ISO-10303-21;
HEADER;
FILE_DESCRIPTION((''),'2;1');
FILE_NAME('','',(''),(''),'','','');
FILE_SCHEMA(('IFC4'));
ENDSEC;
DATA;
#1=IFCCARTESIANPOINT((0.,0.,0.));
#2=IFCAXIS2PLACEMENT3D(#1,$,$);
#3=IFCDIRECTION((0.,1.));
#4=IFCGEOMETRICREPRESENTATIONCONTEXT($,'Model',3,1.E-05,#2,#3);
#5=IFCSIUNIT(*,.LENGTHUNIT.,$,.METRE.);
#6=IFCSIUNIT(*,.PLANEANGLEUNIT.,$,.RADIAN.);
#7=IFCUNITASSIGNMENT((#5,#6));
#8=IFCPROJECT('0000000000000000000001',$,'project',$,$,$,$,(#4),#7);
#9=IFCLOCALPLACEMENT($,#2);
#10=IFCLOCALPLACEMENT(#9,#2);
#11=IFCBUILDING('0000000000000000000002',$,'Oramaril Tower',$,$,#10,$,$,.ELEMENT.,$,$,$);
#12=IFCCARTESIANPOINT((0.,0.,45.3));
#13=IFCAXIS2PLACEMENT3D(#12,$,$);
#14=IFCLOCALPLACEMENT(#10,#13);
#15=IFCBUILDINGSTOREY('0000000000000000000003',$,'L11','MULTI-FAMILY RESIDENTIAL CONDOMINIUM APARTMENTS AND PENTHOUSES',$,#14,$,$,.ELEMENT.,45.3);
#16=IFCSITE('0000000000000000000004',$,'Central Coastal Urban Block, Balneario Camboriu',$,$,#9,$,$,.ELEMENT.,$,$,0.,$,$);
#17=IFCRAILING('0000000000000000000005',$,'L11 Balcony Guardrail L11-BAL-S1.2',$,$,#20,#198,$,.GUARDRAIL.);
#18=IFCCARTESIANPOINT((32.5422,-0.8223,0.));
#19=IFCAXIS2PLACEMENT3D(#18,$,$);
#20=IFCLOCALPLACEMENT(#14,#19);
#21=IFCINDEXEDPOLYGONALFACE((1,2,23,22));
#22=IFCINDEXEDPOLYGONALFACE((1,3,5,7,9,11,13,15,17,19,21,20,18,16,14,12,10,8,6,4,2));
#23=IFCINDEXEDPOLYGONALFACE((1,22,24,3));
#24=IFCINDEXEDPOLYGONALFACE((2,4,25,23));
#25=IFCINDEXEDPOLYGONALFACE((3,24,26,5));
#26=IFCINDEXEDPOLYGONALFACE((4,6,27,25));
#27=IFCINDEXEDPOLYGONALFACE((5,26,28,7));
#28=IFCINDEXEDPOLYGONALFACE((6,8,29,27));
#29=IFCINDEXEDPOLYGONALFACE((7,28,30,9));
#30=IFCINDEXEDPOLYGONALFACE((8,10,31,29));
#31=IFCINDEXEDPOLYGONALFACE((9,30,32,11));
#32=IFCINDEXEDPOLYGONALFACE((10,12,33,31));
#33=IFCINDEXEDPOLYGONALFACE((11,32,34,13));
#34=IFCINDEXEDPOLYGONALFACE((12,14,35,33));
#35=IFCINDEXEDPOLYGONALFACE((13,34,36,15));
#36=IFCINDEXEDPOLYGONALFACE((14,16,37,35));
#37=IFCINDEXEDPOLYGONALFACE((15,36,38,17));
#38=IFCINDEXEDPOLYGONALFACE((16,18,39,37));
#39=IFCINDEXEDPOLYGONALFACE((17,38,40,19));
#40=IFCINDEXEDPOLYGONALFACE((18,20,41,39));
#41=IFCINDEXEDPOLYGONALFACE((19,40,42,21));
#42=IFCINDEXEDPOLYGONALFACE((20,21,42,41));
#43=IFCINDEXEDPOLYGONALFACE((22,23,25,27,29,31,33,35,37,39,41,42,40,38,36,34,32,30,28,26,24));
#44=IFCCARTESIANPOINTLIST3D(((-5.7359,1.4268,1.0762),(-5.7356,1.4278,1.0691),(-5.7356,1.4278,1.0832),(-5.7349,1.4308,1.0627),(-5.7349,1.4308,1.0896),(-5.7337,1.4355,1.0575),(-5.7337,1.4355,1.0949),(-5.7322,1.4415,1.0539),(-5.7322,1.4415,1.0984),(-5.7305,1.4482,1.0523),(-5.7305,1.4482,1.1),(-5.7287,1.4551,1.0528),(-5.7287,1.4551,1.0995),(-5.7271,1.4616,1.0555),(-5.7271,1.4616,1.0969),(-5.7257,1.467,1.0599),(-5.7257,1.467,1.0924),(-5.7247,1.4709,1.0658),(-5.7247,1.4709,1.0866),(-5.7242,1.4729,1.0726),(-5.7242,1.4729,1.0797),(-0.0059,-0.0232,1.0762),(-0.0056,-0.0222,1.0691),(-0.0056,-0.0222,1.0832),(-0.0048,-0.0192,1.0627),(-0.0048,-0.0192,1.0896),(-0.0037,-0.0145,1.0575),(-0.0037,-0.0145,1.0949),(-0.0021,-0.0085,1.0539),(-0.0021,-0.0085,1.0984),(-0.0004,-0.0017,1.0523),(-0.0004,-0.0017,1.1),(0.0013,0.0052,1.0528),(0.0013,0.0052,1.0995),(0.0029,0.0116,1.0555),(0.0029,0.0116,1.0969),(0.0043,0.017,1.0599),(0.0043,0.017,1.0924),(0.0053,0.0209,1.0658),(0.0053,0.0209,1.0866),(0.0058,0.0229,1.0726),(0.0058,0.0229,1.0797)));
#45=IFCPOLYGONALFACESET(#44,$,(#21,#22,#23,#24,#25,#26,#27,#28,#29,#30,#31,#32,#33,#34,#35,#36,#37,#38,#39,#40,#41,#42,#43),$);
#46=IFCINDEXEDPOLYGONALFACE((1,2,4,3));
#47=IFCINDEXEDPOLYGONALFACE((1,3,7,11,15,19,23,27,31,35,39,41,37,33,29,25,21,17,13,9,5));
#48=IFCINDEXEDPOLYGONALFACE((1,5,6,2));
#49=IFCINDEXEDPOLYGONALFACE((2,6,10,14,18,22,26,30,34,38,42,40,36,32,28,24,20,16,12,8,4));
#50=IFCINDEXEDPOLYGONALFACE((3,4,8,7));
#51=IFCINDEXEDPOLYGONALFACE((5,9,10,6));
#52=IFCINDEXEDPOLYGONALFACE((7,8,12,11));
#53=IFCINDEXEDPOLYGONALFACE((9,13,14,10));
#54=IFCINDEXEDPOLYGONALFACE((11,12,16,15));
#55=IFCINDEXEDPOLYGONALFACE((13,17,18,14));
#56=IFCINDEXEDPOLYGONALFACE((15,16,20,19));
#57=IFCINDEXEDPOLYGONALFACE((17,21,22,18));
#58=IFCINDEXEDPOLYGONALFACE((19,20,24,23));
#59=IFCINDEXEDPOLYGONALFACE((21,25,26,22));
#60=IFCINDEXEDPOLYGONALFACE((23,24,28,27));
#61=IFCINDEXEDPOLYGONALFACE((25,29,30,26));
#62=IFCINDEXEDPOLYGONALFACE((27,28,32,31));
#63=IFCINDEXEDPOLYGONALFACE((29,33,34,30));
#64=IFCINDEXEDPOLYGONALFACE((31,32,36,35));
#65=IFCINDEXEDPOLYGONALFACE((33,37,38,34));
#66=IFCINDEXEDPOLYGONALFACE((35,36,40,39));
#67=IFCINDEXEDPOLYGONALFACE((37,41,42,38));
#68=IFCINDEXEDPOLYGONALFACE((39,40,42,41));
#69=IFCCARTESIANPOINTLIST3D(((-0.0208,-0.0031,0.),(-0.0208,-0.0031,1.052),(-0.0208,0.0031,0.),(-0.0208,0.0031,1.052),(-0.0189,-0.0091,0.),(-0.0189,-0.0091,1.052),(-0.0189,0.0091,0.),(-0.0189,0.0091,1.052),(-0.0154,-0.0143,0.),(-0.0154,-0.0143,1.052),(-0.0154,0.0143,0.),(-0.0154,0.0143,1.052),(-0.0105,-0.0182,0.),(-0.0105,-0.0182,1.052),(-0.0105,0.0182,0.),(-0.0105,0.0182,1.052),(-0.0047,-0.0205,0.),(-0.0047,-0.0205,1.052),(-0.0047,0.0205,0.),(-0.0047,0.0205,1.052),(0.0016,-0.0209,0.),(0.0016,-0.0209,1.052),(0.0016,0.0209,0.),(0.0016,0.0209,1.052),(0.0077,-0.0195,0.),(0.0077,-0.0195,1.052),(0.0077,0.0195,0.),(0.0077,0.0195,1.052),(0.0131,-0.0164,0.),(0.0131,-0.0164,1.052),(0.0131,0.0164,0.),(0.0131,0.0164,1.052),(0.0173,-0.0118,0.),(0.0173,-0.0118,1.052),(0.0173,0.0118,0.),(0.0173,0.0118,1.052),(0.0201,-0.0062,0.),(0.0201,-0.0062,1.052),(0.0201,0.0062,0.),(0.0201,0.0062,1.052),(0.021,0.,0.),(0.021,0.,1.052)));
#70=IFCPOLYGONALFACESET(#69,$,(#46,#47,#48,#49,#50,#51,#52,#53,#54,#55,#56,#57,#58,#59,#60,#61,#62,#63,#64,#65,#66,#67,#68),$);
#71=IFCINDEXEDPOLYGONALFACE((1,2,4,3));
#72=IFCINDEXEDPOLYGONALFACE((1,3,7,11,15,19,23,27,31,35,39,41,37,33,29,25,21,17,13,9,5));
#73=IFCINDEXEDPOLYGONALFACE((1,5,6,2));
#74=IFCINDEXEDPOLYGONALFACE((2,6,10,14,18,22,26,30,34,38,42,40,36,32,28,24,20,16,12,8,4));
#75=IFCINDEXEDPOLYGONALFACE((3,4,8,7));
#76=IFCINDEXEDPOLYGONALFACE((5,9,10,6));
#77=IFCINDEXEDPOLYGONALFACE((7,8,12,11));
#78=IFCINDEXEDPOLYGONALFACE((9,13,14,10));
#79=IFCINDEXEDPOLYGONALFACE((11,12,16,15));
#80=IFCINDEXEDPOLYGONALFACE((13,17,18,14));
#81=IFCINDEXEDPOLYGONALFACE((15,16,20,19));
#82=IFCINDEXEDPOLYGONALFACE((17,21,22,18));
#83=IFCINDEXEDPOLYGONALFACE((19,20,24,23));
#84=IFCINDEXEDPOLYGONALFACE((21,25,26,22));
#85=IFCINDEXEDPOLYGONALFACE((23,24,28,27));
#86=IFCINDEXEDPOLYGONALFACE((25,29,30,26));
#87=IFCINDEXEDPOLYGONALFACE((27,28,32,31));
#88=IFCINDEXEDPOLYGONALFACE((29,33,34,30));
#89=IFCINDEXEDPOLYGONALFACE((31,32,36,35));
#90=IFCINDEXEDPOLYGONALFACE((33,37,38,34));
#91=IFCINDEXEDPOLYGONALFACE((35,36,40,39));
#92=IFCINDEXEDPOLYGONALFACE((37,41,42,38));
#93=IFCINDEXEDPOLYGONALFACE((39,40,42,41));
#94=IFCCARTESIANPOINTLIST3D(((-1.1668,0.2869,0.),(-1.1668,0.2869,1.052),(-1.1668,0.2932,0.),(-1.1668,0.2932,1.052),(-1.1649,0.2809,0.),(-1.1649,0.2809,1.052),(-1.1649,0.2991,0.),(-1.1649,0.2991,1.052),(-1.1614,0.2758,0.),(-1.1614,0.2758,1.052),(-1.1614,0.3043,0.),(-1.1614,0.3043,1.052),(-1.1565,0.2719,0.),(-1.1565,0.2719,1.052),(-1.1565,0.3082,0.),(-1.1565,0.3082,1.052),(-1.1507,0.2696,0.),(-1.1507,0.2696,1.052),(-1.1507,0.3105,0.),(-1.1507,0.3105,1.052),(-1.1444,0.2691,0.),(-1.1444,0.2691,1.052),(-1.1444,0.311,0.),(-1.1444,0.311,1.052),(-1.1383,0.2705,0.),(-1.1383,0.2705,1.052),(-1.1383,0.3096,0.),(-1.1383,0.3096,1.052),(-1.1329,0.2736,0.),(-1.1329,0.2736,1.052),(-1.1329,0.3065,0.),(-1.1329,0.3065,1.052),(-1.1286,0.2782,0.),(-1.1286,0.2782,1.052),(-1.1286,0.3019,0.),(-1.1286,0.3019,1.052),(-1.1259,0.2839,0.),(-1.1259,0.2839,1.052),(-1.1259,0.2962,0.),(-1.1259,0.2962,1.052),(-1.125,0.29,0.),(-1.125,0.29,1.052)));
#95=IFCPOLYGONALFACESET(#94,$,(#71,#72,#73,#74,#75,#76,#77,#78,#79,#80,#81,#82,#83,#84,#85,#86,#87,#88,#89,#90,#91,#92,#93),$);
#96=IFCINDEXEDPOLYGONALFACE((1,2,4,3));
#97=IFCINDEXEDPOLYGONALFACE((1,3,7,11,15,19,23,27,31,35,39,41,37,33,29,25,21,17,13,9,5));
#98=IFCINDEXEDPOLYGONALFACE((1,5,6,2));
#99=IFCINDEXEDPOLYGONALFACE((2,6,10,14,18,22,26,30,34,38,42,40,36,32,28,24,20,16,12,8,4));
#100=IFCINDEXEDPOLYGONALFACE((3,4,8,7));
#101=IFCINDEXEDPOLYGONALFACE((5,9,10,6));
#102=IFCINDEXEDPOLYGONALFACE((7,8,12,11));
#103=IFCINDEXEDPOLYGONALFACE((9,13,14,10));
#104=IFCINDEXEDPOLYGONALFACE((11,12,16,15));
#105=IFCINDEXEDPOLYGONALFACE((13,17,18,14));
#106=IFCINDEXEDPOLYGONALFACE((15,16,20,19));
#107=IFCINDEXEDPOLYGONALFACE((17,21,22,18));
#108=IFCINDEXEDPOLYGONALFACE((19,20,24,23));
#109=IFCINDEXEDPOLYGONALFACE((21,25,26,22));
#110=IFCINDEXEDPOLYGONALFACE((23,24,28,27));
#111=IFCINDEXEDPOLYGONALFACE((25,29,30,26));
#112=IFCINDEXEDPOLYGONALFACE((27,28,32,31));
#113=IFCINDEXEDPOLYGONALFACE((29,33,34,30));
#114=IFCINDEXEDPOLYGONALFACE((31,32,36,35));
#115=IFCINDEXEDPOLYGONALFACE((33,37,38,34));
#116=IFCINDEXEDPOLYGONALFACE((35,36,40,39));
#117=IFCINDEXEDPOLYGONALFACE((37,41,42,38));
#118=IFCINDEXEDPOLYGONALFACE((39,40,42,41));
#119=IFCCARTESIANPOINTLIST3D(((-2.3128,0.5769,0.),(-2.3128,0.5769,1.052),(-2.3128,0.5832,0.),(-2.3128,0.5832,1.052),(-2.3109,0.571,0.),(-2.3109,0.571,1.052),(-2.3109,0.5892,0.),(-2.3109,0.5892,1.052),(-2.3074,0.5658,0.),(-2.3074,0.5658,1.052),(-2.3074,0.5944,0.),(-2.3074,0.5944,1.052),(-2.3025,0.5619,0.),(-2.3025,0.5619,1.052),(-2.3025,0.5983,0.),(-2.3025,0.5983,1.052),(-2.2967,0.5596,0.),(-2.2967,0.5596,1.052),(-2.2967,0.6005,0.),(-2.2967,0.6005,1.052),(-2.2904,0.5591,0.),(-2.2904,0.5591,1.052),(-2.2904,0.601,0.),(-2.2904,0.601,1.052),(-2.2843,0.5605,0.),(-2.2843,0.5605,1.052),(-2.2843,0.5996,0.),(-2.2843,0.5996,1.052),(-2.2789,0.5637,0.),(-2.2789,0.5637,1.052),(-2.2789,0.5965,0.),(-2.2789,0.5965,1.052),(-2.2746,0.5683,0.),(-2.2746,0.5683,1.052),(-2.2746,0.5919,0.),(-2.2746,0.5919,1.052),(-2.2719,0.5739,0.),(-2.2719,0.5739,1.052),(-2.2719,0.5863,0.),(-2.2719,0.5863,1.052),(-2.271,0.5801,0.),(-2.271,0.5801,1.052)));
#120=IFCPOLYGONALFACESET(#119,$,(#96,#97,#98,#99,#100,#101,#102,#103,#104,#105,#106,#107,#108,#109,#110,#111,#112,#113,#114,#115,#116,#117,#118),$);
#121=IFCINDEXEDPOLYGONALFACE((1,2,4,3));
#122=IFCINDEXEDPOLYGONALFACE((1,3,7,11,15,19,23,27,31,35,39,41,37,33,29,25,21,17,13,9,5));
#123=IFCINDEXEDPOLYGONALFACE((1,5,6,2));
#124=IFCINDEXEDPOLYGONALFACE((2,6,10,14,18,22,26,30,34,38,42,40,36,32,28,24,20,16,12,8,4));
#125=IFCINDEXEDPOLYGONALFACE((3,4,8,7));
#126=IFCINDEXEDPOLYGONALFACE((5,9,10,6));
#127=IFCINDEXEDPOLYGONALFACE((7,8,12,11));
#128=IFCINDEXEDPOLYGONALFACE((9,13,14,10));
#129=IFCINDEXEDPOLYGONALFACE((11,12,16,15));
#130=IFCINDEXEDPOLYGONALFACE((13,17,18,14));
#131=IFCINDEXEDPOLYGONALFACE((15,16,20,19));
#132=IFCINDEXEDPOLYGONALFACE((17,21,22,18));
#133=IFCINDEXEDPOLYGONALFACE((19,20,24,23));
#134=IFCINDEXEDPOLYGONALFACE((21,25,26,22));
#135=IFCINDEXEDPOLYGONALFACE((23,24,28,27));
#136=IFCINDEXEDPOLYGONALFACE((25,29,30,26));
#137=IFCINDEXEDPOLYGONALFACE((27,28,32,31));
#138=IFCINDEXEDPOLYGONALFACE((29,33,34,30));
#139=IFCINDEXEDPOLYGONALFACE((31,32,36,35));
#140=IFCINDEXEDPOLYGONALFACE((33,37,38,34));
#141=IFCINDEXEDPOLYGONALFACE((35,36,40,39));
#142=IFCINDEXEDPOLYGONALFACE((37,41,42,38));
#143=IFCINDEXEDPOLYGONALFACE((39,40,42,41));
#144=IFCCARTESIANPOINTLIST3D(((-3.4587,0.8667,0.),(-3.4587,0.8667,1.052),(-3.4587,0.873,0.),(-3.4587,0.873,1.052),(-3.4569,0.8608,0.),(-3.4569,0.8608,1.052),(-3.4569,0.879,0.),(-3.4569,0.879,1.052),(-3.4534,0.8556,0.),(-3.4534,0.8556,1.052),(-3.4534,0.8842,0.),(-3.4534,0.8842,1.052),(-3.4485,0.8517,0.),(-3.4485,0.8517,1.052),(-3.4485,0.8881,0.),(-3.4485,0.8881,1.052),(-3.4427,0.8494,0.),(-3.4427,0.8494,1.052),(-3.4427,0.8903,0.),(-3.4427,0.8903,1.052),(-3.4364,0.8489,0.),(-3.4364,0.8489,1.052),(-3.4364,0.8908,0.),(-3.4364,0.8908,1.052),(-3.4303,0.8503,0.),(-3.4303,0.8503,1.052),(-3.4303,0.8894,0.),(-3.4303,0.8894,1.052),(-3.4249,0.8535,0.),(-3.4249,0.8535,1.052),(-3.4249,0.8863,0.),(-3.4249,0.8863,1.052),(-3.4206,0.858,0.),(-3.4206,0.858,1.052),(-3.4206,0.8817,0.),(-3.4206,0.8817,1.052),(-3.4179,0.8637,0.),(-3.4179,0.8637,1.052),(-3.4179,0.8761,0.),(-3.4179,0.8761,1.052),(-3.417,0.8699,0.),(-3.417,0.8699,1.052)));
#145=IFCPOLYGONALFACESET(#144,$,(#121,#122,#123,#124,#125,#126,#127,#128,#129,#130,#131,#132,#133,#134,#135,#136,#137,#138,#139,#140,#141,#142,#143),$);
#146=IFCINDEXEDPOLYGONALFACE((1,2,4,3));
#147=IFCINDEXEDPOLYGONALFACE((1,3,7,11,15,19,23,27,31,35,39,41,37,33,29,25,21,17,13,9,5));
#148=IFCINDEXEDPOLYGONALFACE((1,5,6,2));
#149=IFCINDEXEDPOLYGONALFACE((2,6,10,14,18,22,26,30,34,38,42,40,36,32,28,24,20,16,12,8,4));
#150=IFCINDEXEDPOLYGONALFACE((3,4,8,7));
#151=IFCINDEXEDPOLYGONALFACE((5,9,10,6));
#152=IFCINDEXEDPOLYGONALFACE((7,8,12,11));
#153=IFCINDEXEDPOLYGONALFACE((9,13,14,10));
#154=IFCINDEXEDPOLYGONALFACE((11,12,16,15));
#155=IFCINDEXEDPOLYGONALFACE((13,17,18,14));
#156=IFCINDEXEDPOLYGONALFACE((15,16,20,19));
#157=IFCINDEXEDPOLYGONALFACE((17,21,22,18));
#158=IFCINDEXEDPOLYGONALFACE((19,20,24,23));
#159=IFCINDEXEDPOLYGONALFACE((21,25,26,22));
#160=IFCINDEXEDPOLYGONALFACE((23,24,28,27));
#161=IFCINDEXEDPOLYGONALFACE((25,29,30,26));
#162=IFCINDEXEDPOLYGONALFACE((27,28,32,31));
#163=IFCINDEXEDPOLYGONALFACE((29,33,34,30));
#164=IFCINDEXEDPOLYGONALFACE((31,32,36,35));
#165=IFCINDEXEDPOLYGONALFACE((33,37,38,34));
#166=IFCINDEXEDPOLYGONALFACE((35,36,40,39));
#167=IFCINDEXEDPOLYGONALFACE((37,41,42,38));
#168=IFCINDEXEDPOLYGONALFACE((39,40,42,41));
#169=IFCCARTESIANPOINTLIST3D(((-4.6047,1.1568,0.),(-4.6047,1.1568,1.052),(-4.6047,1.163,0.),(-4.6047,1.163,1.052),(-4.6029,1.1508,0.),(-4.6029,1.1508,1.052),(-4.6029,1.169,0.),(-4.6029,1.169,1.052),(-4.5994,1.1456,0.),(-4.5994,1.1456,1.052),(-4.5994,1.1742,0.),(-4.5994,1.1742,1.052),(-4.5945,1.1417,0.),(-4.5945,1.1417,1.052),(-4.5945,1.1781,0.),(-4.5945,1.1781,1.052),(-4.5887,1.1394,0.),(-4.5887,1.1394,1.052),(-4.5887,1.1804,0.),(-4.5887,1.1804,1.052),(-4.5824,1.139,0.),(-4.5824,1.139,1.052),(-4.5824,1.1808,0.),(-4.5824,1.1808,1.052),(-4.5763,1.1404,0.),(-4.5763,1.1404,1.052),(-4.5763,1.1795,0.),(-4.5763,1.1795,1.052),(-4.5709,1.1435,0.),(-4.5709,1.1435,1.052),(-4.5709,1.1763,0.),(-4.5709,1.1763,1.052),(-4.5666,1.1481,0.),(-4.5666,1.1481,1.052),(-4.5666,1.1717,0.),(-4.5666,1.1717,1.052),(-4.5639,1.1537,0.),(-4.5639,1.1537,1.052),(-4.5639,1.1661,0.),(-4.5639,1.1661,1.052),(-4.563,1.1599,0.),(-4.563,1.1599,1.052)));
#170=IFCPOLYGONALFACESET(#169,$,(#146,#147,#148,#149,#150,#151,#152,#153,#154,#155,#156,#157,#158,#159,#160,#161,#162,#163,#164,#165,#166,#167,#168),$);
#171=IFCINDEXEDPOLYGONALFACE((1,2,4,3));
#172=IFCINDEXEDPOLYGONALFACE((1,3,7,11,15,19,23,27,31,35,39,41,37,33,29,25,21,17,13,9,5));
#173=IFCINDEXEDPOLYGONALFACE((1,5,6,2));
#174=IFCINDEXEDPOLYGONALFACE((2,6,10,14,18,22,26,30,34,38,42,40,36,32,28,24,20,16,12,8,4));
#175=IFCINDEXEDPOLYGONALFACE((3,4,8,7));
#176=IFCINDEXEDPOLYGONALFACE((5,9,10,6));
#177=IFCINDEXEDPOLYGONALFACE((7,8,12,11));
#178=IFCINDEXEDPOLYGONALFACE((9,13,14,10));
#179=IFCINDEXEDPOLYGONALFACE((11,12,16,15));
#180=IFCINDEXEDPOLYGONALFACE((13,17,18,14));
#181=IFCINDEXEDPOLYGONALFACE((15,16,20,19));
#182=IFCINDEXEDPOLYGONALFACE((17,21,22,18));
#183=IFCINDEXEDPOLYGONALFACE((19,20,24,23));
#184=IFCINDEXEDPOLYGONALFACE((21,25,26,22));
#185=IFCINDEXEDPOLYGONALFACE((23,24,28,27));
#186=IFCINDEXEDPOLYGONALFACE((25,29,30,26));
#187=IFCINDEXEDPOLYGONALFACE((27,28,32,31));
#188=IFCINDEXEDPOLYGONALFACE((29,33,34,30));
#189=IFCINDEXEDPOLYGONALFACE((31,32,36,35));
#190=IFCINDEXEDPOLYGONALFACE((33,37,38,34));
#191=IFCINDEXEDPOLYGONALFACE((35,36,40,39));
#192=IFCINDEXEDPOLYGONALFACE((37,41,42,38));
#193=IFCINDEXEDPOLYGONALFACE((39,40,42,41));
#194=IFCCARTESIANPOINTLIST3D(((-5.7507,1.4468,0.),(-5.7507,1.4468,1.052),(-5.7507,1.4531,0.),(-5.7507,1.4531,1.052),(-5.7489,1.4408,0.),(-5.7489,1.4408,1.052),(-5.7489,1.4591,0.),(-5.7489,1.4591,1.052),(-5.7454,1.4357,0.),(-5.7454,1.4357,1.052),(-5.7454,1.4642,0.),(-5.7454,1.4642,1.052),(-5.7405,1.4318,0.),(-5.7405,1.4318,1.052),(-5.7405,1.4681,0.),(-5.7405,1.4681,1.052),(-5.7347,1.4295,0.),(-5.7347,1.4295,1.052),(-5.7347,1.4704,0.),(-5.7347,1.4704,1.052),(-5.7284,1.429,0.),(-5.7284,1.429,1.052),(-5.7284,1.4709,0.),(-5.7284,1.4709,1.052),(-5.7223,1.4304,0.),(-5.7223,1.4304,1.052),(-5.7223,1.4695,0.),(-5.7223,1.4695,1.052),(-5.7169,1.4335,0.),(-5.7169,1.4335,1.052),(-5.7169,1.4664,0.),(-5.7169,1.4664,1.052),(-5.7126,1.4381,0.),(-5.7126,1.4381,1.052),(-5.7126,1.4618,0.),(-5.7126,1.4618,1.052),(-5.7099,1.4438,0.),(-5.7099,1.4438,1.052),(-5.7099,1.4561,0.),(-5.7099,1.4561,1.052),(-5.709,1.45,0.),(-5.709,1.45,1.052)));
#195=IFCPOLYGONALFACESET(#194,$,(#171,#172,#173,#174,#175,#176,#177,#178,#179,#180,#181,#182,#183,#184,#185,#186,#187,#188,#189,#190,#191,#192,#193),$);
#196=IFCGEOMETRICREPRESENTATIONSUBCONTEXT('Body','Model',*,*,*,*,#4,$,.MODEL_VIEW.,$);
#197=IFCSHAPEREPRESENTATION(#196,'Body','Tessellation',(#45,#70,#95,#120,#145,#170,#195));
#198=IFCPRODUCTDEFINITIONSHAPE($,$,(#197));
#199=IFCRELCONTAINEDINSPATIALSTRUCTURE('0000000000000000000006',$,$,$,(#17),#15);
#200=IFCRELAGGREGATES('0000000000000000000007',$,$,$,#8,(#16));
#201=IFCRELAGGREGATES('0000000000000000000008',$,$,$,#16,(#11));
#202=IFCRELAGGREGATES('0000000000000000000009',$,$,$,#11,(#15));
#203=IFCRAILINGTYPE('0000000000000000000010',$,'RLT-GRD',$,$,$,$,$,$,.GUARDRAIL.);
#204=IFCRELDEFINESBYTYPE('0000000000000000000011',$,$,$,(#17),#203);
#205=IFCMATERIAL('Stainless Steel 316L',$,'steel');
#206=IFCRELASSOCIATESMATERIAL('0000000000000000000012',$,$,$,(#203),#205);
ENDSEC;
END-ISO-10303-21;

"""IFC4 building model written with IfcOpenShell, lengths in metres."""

from ifc_helpers import new_model, si_unit, direction, frame, origin, origin_2d, place, context, subcontext, project, spatial, circle, extrude, material, type_object, element, save


model = new_model("IFC4")

# Units and contexts
model_context = context("Model", 3, precision=1e-05, world=origin(), true_north=direction((0.0, 1.0)))
body_context = subcontext(model_context, "Body", "Model", "MODEL_VIEW")
ifc_project = project(units=[si_unit("LENGTHUNIT", "METRE"), si_unit("PLANEANGLEUNIT", "RADIAN")], contexts=[model_context])

# Site, building, storey
site_placement = place(None, origin())
site = spatial("IfcSite", under=ifc_project, at=site_placement, Name="Central Coastal Urban Block, Balneario Camboriu", CompositionType="ELEMENT", RefElevation=0.0)
building_placement = place(site_placement, origin())
building = spatial("IfcBuilding", under=site, at=building_placement, Name="Oramaril Tower", CompositionType="ELEMENT")
storey_placement = place(building_placement, frame((0.0, 0.0, 45.3)))
storey = spatial("IfcBuildingStorey", under=building, at=storey_placement, Name="L11", Description="MULTI-FAMILY RESIDENTIAL CONDOMINIUM APARTMENTS AND PENTHOUSES", CompositionType="ELEMENT", Elevation=45.3)

# Railing
ifc_material_1 = material(Name="Stainless Steel 316L", Category="steel")
railing_type = type_object("IfcRailingType", Name="RLT-GRD", PredefinedType="GUARDRAIL", material=ifc_material_1)
railing_1_placement = place(storey_placement, frame((32.5422, -0.8223, 0.0)))
element("IfcRailing", 1, at=railing_1_placement, inside=storey, type_object=railing_type, Name="L11 Balcony Guardrail L11-BAL-S1.2", PredefinedType="GUARDRAIL", context=body_context, shape_type="SweptSolid", body=[
    extrude(circle(Radius=0.0239, at=origin_2d()), frame((0.0, 0.0, 1.0762), z_axis=(-0.969444, 0.245314, 0.0), x_axis=(-0.245314, -0.969444, 0.0)), (0.0, 0.0, 1.0), 5.9106),
    extrude(circle(Radius=0.021, at=origin_2d()), origin(), (0.0, 0.0, 1.0), 1.052),
    extrude(circle(Radius=0.021, at=origin_2d()), frame((-1.146, 0.29, 0.0)), (0.0, 0.0, 1.0), 1.052),
    extrude(circle(Radius=0.021, at=origin_2d()), frame((-2.292, 0.5801, 0.0)), (0.0, 0.0, 1.0), 1.052),
    extrude(circle(Radius=0.021, at=origin_2d()), frame((-3.438, 0.8699, 0.0)), (0.0, 0.0, 1.0), 1.052),
    extrude(circle(Radius=0.021, at=origin_2d()), frame((-4.584, 1.1599, 0.0)), (0.0, 0.0, 1.0), 1.052),
    extrude(circle(Radius=0.021, at=origin_2d()), frame((-5.73, 1.45, 0.0)), (0.0, 0.0, 1.0), 1.052),
])

save(model, "model.ifc")
